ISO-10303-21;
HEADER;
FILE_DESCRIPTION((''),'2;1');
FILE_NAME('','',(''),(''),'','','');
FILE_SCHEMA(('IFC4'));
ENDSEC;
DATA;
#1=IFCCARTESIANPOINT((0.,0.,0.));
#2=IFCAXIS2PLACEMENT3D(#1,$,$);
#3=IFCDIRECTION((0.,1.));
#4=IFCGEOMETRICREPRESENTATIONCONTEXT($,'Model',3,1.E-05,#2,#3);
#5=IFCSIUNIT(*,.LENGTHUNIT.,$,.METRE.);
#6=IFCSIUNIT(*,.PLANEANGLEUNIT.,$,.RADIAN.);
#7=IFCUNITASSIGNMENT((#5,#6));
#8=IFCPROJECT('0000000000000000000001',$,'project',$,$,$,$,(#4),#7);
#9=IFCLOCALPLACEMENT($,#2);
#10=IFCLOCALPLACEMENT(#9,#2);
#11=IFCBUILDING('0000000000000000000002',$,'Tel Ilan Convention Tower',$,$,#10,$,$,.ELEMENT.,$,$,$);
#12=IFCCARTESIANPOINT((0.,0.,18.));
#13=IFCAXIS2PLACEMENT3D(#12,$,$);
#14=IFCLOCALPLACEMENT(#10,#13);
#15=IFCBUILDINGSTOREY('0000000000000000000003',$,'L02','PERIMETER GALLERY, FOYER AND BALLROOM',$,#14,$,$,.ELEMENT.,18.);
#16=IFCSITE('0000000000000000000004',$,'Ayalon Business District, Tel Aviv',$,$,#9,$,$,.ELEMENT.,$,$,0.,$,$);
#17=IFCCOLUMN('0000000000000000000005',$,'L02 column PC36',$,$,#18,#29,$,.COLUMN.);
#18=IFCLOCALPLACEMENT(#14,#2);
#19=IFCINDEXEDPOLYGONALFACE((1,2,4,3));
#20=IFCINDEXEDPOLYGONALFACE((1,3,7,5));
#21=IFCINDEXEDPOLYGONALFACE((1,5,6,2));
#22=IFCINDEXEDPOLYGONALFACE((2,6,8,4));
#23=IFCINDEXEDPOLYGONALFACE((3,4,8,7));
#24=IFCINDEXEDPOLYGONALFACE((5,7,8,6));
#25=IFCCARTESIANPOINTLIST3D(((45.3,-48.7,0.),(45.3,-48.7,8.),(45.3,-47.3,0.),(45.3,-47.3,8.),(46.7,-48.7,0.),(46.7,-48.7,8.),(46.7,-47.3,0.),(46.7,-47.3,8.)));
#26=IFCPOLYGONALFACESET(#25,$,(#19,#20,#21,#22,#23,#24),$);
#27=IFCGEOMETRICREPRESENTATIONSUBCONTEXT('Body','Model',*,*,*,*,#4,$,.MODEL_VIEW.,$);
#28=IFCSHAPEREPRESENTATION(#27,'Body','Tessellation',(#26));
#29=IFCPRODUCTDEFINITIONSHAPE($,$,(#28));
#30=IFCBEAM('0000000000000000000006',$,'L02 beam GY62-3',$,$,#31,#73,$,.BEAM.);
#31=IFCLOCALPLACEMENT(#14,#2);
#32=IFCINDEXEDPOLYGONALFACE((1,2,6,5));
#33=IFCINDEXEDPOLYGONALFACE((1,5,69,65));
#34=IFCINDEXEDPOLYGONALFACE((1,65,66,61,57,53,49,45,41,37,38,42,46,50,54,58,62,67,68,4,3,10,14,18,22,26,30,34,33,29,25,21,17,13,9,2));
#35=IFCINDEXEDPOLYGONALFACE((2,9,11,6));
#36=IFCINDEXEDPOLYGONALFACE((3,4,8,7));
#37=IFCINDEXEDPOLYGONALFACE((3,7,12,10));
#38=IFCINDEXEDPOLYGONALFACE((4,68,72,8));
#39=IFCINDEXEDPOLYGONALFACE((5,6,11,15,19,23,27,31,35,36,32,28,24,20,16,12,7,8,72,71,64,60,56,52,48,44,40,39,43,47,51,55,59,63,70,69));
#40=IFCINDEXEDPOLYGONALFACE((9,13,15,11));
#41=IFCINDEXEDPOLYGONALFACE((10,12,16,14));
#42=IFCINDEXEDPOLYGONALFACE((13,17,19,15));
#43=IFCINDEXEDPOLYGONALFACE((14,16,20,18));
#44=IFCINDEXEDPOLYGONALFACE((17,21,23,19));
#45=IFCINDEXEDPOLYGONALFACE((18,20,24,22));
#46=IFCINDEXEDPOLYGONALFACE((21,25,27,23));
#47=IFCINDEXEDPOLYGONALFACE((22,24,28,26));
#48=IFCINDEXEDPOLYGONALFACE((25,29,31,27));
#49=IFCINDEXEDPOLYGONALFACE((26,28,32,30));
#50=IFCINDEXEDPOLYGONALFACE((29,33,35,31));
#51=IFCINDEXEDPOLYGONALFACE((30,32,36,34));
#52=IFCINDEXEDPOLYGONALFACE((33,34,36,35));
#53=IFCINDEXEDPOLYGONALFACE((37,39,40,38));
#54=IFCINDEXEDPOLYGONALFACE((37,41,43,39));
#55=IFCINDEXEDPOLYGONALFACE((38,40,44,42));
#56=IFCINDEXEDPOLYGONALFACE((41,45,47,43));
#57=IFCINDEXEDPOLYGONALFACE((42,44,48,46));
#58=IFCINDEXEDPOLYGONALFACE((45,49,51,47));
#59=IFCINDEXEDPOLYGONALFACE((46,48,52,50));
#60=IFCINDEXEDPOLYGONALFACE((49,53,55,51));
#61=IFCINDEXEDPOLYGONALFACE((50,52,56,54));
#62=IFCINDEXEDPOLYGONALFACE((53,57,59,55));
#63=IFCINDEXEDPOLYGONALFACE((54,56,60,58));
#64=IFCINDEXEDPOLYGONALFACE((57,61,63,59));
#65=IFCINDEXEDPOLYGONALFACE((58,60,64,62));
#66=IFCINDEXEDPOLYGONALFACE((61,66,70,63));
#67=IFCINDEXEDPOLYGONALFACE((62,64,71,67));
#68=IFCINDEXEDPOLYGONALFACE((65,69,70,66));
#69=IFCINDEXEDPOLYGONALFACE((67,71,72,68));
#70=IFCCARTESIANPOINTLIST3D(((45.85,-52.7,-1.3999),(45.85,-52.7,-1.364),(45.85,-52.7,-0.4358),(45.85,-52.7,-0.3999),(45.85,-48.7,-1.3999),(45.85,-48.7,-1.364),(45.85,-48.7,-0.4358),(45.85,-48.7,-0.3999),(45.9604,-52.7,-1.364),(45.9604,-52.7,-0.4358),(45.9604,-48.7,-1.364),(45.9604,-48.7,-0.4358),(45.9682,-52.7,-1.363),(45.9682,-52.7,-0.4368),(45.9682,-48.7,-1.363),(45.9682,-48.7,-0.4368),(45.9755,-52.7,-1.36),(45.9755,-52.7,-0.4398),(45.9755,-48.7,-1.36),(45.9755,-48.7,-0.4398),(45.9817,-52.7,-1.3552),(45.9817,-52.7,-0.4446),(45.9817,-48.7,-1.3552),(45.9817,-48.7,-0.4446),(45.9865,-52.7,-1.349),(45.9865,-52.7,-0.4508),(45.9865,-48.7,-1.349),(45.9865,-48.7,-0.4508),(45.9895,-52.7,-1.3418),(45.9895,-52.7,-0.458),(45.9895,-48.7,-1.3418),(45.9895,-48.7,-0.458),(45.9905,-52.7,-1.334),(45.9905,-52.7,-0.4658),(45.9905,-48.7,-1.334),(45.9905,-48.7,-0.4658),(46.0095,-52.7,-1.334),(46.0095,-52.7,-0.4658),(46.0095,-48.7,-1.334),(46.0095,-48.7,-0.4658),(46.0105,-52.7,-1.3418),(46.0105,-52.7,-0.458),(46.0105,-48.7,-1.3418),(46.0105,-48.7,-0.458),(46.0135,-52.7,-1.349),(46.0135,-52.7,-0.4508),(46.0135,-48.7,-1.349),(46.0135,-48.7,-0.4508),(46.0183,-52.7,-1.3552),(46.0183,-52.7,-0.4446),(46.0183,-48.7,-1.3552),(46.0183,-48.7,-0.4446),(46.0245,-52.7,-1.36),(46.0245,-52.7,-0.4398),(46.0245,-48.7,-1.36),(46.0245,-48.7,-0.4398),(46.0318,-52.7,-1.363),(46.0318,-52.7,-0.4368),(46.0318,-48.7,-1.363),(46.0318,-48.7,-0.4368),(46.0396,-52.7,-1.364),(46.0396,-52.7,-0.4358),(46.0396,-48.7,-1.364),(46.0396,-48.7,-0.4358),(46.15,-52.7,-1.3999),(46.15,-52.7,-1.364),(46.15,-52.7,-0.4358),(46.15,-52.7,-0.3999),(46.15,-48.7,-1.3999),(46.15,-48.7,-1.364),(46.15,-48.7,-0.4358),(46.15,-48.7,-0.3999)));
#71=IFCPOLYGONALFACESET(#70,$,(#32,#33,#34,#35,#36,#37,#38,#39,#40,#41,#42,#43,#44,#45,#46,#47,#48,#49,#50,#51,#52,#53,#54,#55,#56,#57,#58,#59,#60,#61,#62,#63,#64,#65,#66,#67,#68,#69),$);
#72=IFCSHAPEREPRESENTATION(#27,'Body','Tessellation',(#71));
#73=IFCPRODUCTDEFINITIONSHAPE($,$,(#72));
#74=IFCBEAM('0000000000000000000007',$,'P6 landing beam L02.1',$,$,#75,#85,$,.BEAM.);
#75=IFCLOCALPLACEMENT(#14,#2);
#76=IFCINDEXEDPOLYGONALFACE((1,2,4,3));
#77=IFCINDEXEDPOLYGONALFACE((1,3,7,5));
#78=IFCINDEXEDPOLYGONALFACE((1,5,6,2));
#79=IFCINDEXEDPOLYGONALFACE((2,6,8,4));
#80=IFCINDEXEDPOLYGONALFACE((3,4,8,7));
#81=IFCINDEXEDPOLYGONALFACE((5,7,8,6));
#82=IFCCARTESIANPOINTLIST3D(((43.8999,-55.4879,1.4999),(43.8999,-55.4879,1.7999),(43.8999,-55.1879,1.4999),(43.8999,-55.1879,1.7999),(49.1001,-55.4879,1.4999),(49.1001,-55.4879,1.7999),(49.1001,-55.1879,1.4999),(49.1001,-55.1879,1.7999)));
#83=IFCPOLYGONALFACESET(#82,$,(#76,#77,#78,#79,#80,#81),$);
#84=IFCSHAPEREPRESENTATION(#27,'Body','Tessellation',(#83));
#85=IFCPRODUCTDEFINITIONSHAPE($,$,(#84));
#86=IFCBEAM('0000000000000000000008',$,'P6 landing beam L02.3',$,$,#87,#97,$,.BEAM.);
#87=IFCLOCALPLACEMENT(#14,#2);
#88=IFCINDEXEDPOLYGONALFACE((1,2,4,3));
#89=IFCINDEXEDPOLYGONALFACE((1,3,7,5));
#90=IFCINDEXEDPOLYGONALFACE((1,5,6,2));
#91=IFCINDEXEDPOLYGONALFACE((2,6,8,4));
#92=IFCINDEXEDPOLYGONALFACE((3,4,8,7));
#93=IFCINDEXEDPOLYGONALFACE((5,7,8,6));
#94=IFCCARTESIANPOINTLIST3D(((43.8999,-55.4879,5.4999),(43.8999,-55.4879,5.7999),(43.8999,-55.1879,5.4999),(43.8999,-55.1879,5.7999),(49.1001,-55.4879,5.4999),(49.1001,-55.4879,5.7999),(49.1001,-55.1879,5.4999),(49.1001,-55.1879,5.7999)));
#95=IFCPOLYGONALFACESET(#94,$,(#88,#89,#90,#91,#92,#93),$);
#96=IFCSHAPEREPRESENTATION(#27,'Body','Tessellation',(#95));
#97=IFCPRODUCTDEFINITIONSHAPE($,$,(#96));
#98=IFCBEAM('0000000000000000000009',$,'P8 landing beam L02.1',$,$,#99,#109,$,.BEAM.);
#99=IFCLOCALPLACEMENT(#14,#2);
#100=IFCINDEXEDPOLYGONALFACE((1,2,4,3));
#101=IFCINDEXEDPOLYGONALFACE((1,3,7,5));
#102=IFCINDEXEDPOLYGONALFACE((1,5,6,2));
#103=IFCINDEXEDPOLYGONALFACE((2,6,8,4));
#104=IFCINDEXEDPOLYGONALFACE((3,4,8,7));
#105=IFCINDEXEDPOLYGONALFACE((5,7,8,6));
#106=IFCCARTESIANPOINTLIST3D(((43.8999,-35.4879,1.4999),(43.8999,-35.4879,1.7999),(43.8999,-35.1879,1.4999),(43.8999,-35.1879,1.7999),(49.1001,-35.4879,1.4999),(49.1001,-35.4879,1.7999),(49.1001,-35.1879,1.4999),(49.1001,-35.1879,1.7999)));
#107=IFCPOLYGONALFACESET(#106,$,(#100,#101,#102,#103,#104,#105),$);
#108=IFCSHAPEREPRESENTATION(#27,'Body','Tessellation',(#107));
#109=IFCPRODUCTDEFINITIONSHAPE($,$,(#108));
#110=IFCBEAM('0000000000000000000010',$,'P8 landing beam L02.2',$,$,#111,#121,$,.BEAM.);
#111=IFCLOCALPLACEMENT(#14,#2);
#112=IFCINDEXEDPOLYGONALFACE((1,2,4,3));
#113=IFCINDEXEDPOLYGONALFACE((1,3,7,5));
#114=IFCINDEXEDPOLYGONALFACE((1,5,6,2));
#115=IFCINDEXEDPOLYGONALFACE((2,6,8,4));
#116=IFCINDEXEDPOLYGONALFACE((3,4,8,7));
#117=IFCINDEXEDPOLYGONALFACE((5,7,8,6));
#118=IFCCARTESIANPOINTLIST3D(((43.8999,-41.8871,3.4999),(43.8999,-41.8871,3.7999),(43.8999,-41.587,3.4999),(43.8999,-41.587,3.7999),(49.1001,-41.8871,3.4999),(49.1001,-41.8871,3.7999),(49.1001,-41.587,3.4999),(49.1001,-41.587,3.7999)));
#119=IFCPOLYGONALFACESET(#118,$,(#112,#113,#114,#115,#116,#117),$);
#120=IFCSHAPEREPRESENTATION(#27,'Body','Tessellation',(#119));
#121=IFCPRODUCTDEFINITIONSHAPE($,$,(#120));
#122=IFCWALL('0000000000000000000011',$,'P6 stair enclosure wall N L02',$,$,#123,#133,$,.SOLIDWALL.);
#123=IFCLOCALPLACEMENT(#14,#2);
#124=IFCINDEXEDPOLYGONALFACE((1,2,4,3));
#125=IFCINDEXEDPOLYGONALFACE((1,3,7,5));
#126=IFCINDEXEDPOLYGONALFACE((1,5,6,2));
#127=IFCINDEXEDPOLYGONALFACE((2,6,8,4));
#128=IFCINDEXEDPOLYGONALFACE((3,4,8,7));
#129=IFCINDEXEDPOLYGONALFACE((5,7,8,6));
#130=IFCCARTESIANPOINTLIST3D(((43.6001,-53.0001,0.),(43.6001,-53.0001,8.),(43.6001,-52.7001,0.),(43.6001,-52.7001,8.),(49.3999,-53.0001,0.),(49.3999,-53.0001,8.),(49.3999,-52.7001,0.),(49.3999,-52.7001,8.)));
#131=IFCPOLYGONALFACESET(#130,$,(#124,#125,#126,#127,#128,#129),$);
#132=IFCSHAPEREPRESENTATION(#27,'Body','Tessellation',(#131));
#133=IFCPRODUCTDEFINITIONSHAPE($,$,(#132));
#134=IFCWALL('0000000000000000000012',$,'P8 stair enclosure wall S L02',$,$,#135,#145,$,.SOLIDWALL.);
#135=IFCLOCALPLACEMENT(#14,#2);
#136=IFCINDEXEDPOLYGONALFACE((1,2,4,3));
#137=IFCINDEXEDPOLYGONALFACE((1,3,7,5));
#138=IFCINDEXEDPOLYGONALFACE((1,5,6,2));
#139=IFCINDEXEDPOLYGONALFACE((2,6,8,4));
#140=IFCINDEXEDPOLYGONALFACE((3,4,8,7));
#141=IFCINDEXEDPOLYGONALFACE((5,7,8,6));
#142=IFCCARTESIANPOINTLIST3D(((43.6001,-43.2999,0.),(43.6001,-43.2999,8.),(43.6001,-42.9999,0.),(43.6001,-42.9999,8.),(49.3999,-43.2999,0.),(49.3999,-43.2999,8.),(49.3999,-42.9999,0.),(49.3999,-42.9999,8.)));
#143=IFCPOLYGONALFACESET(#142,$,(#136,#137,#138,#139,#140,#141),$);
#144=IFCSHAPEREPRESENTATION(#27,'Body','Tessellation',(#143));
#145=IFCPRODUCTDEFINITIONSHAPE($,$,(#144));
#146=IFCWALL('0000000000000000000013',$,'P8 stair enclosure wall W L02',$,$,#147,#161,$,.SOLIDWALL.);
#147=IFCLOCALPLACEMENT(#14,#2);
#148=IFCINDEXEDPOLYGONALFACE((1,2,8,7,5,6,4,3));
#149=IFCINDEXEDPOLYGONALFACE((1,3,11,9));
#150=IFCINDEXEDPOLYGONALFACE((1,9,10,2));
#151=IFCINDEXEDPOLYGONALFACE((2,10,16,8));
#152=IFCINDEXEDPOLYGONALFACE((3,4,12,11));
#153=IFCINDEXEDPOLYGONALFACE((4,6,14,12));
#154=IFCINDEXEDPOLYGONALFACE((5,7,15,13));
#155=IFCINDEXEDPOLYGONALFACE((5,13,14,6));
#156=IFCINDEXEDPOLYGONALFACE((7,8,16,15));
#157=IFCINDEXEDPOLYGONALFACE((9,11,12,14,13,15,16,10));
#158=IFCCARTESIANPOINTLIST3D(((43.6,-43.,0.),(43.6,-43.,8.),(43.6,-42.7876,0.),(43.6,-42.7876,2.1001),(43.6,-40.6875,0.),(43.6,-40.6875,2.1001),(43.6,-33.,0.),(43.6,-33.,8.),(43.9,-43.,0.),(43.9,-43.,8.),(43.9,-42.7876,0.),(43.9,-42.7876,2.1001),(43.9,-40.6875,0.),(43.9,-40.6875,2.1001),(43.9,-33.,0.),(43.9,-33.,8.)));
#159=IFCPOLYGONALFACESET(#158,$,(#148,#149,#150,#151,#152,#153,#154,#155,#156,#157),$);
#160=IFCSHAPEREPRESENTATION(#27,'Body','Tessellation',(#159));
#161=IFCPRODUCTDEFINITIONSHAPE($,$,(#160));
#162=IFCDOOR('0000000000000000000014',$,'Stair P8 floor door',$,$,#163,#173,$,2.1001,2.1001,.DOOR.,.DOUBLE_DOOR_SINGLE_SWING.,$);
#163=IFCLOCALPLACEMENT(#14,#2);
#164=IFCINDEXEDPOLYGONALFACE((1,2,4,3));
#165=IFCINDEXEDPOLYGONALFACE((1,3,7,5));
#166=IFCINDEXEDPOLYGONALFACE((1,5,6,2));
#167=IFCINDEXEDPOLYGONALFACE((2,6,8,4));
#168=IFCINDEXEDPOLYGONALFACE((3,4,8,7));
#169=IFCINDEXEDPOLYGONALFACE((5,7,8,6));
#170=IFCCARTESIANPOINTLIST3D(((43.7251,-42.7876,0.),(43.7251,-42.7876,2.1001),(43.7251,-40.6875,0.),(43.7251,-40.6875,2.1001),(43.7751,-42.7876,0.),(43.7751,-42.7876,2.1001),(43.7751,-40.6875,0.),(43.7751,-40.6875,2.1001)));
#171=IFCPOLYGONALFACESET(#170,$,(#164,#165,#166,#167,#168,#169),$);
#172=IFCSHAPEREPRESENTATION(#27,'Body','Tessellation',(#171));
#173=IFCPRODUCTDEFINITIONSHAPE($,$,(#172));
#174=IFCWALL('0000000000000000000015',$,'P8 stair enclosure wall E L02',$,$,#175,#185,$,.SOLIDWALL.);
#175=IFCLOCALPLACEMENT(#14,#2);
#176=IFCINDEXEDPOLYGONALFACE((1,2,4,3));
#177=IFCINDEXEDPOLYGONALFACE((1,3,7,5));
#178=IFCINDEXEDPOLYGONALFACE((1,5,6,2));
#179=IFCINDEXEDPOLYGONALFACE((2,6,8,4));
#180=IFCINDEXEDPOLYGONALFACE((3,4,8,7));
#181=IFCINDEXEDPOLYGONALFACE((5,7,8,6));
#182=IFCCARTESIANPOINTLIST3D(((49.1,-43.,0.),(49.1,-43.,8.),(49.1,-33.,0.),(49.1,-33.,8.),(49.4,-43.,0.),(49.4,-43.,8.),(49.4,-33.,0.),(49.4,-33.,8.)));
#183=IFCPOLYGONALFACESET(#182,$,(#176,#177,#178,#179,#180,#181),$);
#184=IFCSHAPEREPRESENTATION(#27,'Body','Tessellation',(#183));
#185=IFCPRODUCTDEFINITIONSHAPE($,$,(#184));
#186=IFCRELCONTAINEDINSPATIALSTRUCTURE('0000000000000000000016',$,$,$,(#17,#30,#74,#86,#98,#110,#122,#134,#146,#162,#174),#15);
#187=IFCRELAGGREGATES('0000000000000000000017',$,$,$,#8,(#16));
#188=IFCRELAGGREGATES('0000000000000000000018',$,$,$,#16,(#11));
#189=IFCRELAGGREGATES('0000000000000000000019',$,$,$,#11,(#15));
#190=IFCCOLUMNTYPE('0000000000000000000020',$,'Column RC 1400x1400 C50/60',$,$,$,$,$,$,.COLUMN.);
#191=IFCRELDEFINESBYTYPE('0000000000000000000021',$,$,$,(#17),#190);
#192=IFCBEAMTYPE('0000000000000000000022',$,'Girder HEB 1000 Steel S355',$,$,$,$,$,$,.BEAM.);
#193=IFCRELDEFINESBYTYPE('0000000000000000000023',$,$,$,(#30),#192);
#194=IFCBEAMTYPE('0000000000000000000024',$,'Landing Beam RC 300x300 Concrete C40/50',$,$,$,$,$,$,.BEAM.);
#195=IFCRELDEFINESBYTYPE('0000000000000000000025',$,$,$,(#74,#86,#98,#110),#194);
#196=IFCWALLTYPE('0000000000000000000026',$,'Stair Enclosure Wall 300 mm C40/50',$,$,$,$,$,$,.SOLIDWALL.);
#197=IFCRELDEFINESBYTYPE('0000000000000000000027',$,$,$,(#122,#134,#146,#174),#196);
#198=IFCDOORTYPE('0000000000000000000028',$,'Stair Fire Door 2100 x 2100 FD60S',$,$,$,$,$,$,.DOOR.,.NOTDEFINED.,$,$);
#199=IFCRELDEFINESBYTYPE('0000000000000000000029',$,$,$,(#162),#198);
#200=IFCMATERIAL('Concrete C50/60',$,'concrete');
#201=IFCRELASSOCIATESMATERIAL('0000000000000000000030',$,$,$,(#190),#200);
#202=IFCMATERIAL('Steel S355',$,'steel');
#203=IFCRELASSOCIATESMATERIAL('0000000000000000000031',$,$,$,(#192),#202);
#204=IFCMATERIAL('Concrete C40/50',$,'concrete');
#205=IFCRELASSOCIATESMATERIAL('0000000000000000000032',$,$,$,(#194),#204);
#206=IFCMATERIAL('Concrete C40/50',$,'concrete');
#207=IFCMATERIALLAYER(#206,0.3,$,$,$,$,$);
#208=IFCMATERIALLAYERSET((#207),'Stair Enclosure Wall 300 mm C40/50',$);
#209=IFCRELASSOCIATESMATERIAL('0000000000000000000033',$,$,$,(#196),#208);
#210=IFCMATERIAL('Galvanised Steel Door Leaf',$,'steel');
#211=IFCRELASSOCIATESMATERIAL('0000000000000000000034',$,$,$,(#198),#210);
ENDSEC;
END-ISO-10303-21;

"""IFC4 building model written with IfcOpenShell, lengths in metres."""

from ifc_helpers import new_model, si_unit, direction, frame, frame_2d, origin, origin_2d, place, context, subcontext, project, spatial, rectangle, i_section, extrude, material, layer, layer_set, material_profile, profile_set, type_object, element, fill, save


model = new_model("IFC4")

# Units and contexts
model_context = context("Model", 3, precision=1e-05, world=origin(), true_north=direction((0.0, 1.0)))
body_context = subcontext(model_context, "Body", "Model", "MODEL_VIEW")
ifc_project = project(units=[si_unit("LENGTHUNIT", "METRE"), si_unit("PLANEANGLEUNIT", "RADIAN")], contexts=[model_context])

# Site, building, storey
site_placement = place(None, origin())
site = spatial("IfcSite", under=ifc_project, at=site_placement, Name="Ayalon Business District, Tel Aviv", CompositionType="ELEMENT", RefElevation=0.0)
building_placement = place(site_placement, origin())
building = spatial("IfcBuilding", under=site, at=building_placement, Name="Tel Ilan Convention Tower", CompositionType="ELEMENT")
storey_placement = place(building_placement, frame((0.0, 0.0, 18.0)))
storey = spatial("IfcBuildingStorey", under=building, at=storey_placement, Name="L02", Description="PERIMETER GALLERY, FOYER AND BALLROOM", CompositionType="ELEMENT", Elevation=18.0)

# Column
ifc_material_1 = material(Name="Concrete C50/60", Category="concrete")
ifc_material_profile_1 = material_profile(ifc_material_1, rectangle(XDim=1.3999, YDim=1.3999, at=origin_2d()), Name="RC 1400x1400")
ifc_profile_set_1 = profile_set([ifc_material_profile_1], Name="Concrete C50/60")
column_type = type_object("IfcColumnType", Name="Column RC 1400x1400 C50/60", PredefinedType="COLUMN", material=ifc_profile_set_1)
column_placement = place(storey_placement, frame((46.0, -48.0, 0.0), z_axis=(0.0, 0.0, 1.0), x_axis=(1.0, 0.0, 0.0)))
element("IfcColumn", 1, at=column_placement, inside=storey, type_object=column_type, Name="L02 column PC36", PredefinedType="COLUMN", context=body_context, shape_type="SweptSolid", body=[
    extrude(rectangle(XDim=1.3999, YDim=1.3999, at=origin_2d()), origin(), (0.0, 0.0, 1.0), 8.0),
])

# Beams
ifc_material_2 = material(Name="Steel S355", Category="steel")
ifc_material_profile_2 = material_profile(ifc_material_2, i_section(OverallWidth=0.3, OverallDepth=1.0, WebThickness=0.019, FlangeThickness=0.0359, FilletRadius=0.03, at=origin_2d()), Name="HEB 1000")
ifc_profile_set_2 = profile_set([ifc_material_profile_2], Name="Steel S355")
beam_type_1 = type_object("IfcBeamType", Name="Girder HEB 1000 Steel S355", PredefinedType="BEAM", material=ifc_profile_set_2)
beam_placement = place(storey_placement, frame((46.0, -52.7, -0.8999), z_axis=(0.0, 1.0, 0.0), x_axis=(-1.0, 0.0, 0.0)))
element("IfcBeam", 2, at=beam_placement, inside=storey, type_object=beam_type_1, Name="L02 beam GY62-3", PredefinedType="BEAM", context=body_context, shape_type="SweptSolid", body=[
    extrude(i_section(OverallWidth=0.3, OverallDepth=1.0, WebThickness=0.019, FlangeThickness=0.0359, FilletRadius=0.03, at=origin_2d()), origin(), (0.0, 0.0, 1.0), 4.0),
])
ifc_material_3 = material(Name="Concrete C40/50", Category="concrete")
ifc_material_profile_3 = material_profile(ifc_material_3, rectangle(XDim=0.3, YDim=0.3, at=origin_2d()), Name="RC 300x300")
ifc_profile_set_3 = profile_set([ifc_material_profile_3], Name="Concrete C40/50")
beam_type_2 = type_object("IfcBeamType", Name="Landing Beam RC 300x300 Concrete C40/50", PredefinedType="BEAM", material=ifc_profile_set_3)
for number, where, z_axis, x_axis, name in (
    (3, (49.1001, -55.3379, 1.6499), (-1.0, 0.0, 0.0), (0.0, -1.0, 0.0), "P6 landing beam L02.1"),
    (4, (49.1001, -55.3379, 5.6499), (-1.0, 0.0, 0.0), (0.0, -1.0, 0.0), "P6 landing beam L02.3"),
    (5, (49.1001, -35.3379, 1.6499), (-1.0, 0.0, 0.0), (0.0, -1.0, 0.0), "P8 landing beam L02.1"),
    (6, (49.1001, -41.7371, 3.6499), (-1.0, 0.0, 0.0), (0.0, -1.0, 0.0), "P8 landing beam L02.2"),
):
    element("IfcBeam", number, at=place(storey_placement, frame(where, z_axis=z_axis, x_axis=x_axis)), inside=storey, type_object=beam_type_2, Name=name, PredefinedType="BEAM", context=body_context, shape_type="SweptSolid", body=[
        extrude(rectangle(XDim=0.3, YDim=0.3, at=origin_2d()), origin(), (0.0, 0.0, 1.0), 5.2002),
    ])

# Walls
ifc_material_4 = material(Name="Concrete C40/50", Category="concrete")
ifc_layer = layer(ifc_material_4, 0.3)
ifc_layer_set = layer_set([ifc_layer], Name="Stair Enclosure Wall 300 mm C40/50")
wall_type = type_object("IfcWallType", Name="Stair Enclosure Wall 300 mm C40/50", PredefinedType="SOLIDWALL", material=ifc_layer_set)
for number, where, z_axis, x_axis, name in (
    (7, (43.6001, -52.8501, 0.0), (0.0, 0.0, 1.0), (1.0, 0.0, 0.0), "P6 stair enclosure wall N L02"),
    (8, (43.6001, -43.1499, 0.0), (0.0, 0.0, 1.0), (1.0, 0.0, 0.0), "P8 stair enclosure wall S L02"),
):
    element("IfcWall", number, at=place(storey_placement, frame(where, z_axis=z_axis, x_axis=x_axis)), inside=storey, type_object=wall_type, Name=name, PredefinedType="SOLIDWALL", context=body_context, shape_type="SweptSolid", body=[
        extrude(rectangle(XDim=5.7998, YDim=0.3, at=frame_2d((2.8999, 0.0))), origin(), (0.0, 0.0, 1.0), 8.0),
    ])

# Wall, opening, door
wall_1_placement = place(storey_placement, frame((43.75, -43.0, 0.0), z_axis=(0.0, 0.0, 1.0), x_axis=(0.0, 1.0, 0.0)))
wall_1 = element("IfcWall", 9, at=wall_1_placement, inside=storey, type_object=wall_type, Name="P8 stair enclosure wall W L02", PredefinedType="SOLIDWALL", context=body_context, shape_type="SweptSolid", body=[
    extrude(rectangle(XDim=10.0, YDim=0.3, at=frame_2d((5.0, 0.0))), origin(), (0.0, 0.0, 1.0), 8.0),
])
opening_placement = place(wall_1_placement, frame((0.2124, 0.0, 0.0)))
opening = element("IfcOpeningElement", 10, at=opening_placement, cuts=wall_1, PredefinedType="OPENING", context=body_context, shape_type="SweptSolid", body=[
    extrude(rectangle(XDim=2.1001, YDim=2.1001, at=frame_2d((1.05, 1.05))), frame((0.0, 0.1599, 0.0), z_axis=(0.0, -1.0, 0.0), x_axis=(1.0, 0.0, 0.0)), (0.0, 0.0, 1.0), 0.3201),
])
ifc_material_5 = material(Name="Galvanised Steel Door Leaf", Category="steel")
door_type = type_object("IfcDoorType", Name="Stair Fire Door 2100 x 2100 FD60S", OperationType="NOTDEFINED", PredefinedType="DOOR", material=ifc_material_5)
door_placement = place(opening_placement, origin())
door = element("IfcDoor", 11, at=door_placement, inside=storey, type_object=door_type, Name="Stair P8 floor door", OperationType="DOUBLE_DOOR_SINGLE_SWING", OverallHeight=2.1001, OverallWidth=2.1001, PredefinedType="DOOR", context=body_context, shape_type="SweptSolid", body=[
    extrude(rectangle(XDim=2.1001, YDim=2.1001, at=frame_2d((1.05, 1.05))), frame((0.0, 0.0249, 0.0), z_axis=(0.0, -1.0, 0.0), x_axis=(1.0, 0.0, 0.0)), (0.0, 0.0, 1.0), 0.05),
])
fill(opening, door)

# Wall
wall_2_placement = place(storey_placement, frame((49.25, -43.0, 0.0), z_axis=(0.0, 0.0, 1.0), x_axis=(0.0, 1.0, 0.0)))
element("IfcWall", 12, at=wall_2_placement, inside=storey, type_object=wall_type, Name="P8 stair enclosure wall E L02", PredefinedType="SOLIDWALL", context=body_context, shape_type="SweptSolid", body=[
    extrude(rectangle(XDim=10.0, YDim=0.3, at=frame_2d((5.0, 0.0))), origin(), (0.0, 0.0, 1.0), 8.0),
])

save(model, "model.ifc")
